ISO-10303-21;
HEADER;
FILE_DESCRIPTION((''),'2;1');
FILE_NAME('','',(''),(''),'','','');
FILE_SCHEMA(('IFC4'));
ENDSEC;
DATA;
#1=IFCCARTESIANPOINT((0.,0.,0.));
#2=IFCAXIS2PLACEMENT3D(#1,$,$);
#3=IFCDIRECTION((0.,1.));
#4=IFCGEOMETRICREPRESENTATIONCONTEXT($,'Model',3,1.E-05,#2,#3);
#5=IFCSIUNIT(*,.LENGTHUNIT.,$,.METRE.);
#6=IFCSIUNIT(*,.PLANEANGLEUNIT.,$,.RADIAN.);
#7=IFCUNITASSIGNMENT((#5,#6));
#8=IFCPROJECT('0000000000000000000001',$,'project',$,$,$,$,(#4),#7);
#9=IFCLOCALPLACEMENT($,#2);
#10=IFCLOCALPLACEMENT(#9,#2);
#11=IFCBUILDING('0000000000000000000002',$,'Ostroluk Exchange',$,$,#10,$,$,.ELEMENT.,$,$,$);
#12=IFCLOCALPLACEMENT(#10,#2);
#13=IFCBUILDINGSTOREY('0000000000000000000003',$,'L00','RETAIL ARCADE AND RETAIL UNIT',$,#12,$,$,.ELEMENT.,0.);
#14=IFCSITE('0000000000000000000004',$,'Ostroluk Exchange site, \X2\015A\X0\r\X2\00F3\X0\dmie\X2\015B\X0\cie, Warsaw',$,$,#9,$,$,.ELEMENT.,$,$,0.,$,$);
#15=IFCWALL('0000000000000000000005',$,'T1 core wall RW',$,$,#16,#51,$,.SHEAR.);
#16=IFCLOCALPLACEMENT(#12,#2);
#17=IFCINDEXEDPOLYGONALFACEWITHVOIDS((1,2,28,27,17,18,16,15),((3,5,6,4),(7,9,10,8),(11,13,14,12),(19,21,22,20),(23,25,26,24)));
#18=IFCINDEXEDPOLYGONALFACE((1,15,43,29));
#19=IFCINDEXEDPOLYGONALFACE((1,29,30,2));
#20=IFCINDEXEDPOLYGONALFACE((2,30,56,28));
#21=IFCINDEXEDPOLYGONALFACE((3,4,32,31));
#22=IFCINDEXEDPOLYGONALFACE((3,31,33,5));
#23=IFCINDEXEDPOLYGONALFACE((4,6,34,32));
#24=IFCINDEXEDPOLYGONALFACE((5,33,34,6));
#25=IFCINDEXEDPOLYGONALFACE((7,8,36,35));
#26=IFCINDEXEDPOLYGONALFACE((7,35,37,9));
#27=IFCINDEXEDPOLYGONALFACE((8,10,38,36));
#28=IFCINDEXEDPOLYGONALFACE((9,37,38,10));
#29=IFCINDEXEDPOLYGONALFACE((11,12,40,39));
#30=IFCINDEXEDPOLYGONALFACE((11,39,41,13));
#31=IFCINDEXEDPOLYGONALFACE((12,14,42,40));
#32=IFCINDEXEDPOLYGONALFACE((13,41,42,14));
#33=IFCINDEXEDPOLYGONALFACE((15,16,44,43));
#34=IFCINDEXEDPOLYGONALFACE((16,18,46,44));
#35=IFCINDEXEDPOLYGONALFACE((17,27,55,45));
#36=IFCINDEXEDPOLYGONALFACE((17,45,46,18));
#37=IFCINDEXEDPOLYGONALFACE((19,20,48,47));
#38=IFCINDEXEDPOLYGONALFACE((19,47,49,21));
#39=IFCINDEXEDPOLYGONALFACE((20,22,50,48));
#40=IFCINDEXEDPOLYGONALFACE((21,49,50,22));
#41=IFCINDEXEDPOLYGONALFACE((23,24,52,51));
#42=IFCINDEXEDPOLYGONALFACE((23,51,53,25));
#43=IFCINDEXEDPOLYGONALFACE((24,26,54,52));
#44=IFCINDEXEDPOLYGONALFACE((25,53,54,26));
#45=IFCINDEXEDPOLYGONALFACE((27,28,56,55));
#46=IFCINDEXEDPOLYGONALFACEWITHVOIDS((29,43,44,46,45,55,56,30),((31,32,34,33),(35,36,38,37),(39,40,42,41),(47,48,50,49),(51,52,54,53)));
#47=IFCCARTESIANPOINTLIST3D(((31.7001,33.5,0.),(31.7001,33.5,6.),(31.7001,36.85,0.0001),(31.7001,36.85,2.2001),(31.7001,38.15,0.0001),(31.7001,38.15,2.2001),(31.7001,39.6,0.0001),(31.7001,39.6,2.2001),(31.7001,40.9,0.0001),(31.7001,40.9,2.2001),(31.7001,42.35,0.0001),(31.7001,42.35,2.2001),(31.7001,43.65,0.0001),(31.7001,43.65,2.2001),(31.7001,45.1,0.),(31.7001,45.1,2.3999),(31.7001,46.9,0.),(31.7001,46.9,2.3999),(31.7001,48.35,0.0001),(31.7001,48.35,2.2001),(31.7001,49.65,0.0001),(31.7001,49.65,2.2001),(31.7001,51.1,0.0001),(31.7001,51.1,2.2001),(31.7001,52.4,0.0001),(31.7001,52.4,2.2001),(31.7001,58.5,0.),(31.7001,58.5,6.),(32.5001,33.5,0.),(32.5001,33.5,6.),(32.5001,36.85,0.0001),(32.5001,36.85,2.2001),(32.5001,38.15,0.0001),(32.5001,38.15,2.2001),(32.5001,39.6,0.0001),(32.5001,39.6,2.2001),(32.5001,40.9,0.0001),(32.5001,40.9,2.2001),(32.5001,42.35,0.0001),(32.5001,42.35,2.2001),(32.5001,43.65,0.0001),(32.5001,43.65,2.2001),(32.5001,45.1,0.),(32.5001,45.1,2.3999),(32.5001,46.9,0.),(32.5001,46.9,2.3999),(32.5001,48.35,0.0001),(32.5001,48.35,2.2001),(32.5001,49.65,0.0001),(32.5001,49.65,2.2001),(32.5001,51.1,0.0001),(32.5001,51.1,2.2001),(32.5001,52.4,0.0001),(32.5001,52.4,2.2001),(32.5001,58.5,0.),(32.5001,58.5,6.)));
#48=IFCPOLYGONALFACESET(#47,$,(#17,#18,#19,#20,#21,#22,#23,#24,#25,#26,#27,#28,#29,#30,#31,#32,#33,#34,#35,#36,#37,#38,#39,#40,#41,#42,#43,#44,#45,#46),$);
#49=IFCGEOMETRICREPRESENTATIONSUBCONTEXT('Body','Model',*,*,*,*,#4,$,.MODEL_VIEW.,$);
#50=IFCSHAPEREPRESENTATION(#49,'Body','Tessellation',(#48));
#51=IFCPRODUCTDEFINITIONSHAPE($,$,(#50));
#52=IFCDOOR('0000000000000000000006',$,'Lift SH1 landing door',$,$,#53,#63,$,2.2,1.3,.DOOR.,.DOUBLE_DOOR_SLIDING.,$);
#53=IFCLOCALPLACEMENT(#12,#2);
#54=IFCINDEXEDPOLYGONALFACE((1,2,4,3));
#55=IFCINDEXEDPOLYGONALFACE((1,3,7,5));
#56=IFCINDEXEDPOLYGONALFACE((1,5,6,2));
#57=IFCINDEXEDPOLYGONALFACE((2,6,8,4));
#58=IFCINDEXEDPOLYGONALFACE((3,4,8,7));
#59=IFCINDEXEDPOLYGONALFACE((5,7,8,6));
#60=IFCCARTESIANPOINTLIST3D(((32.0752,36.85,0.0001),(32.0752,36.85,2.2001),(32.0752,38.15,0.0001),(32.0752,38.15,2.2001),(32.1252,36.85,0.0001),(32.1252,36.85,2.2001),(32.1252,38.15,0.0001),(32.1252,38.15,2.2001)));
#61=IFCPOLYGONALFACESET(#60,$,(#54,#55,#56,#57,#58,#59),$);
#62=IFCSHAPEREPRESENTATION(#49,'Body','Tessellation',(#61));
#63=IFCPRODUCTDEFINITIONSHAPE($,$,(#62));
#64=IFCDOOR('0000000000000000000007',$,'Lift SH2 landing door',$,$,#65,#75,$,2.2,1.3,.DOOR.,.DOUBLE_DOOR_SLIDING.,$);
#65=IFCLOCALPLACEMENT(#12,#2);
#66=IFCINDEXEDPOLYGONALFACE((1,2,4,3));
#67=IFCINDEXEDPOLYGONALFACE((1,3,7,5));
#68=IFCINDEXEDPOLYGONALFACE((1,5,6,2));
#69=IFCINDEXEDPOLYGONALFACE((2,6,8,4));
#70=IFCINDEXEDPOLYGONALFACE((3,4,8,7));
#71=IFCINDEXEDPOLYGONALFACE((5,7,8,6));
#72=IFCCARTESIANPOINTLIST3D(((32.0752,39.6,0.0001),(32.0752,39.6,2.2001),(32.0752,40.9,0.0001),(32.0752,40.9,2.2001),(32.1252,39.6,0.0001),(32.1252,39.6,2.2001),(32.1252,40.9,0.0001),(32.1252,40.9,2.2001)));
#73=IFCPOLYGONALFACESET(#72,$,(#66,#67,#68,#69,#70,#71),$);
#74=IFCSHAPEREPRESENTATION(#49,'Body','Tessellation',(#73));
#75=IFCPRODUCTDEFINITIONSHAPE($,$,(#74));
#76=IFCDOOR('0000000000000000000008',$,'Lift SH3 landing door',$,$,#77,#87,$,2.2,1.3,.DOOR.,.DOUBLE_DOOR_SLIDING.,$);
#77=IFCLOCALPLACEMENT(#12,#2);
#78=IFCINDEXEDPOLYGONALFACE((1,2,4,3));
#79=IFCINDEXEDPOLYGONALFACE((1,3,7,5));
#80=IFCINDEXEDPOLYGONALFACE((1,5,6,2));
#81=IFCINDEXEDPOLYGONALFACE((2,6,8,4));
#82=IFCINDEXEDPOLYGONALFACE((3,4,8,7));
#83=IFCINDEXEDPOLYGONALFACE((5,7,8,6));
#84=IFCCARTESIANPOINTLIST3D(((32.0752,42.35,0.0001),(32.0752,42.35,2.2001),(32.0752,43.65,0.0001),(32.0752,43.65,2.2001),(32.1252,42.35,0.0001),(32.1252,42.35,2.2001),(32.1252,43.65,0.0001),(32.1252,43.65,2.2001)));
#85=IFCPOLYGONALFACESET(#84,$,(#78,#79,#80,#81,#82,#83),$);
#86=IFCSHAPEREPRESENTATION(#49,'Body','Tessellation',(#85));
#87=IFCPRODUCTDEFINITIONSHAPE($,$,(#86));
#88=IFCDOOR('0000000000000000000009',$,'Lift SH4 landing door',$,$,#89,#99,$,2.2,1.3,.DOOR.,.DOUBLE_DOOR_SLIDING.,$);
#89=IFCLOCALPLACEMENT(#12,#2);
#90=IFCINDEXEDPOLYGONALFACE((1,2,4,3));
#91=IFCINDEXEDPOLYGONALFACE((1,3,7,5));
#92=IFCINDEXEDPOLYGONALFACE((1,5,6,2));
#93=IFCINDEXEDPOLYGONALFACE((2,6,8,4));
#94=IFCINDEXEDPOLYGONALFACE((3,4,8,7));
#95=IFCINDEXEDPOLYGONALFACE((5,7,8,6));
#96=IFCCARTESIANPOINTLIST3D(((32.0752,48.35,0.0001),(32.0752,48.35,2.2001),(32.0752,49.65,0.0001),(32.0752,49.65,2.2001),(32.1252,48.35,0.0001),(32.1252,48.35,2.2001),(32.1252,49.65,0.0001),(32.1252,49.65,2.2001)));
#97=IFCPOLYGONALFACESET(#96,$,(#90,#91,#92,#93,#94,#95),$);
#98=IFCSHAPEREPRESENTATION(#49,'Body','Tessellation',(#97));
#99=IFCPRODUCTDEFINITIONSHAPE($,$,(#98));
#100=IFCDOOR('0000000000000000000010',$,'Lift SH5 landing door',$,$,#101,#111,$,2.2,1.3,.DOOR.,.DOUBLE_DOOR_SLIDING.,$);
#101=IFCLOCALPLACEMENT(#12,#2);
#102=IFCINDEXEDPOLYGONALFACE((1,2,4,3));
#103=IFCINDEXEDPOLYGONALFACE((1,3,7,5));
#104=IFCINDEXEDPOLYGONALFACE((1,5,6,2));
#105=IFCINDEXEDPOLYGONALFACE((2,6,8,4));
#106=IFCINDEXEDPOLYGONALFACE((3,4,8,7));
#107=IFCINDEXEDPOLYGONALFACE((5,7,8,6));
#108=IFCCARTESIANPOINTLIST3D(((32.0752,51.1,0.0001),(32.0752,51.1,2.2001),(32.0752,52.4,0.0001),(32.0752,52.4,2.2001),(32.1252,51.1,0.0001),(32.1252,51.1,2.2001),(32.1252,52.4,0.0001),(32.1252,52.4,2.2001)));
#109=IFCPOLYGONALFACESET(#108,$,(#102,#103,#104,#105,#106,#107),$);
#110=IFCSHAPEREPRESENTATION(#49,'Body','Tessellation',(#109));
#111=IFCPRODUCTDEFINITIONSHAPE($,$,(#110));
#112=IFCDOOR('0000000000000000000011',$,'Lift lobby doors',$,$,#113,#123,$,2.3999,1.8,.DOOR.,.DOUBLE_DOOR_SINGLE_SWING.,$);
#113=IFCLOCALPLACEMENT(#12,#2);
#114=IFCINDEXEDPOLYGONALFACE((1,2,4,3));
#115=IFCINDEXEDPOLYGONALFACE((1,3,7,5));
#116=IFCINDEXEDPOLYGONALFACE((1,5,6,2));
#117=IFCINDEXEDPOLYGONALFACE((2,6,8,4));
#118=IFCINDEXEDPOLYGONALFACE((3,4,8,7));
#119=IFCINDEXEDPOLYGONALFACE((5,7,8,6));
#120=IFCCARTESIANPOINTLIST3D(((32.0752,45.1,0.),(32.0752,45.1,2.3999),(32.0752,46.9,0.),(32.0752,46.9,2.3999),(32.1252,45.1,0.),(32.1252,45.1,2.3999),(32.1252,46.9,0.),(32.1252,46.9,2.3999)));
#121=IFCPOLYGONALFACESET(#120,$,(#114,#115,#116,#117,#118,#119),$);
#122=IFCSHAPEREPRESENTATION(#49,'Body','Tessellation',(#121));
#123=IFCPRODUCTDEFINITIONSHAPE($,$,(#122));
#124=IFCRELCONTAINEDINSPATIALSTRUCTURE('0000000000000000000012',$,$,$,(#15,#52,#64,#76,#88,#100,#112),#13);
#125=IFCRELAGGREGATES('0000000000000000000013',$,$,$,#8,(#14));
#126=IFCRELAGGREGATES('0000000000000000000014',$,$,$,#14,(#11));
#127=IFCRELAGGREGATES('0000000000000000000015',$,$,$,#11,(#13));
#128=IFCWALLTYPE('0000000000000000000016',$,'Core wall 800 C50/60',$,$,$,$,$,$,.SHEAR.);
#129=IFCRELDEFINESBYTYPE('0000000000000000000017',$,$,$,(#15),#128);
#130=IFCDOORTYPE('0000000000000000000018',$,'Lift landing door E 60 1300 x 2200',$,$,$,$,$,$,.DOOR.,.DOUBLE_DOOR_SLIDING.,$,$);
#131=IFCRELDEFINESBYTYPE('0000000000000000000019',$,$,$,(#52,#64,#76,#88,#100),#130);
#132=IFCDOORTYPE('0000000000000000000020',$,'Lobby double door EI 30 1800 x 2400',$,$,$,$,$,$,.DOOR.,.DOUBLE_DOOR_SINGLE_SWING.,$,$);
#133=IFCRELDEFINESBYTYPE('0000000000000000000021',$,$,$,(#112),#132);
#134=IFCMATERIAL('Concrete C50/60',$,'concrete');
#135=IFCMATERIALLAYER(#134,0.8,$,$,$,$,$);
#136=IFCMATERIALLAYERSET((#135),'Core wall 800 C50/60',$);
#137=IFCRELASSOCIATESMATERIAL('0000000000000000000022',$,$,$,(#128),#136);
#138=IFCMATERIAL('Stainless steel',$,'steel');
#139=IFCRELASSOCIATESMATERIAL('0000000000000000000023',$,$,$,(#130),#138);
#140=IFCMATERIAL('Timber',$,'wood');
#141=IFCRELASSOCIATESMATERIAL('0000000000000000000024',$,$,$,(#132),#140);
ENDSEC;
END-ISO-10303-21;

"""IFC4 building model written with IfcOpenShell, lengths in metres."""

from ifc_helpers import new_model, si_unit, direction, frame, frame_2d, origin, place, context, subcontext, project, spatial, rectangle, extrude, material, layer, layer_set, type_object, element, fill, save


model = new_model("IFC4")

# Units and contexts
model_context = context("Model", 3, precision=1e-05, world=origin(), true_north=direction((0.0, 1.0)))
body_context = subcontext(model_context, "Body", "Model", "MODEL_VIEW")
ifc_project = project(units=[si_unit("LENGTHUNIT", "METRE"), si_unit("PLANEANGLEUNIT", "RADIAN")], contexts=[model_context])

# Site, building, storey
site_placement = place(None, origin())
site = spatial("IfcSite", under=ifc_project, at=site_placement, Name="Ostroluk Exchange site, Śródmieście, Warsaw", CompositionType="ELEMENT", RefElevation=0.0)
building_placement = place(site_placement, origin())
building = spatial("IfcBuilding", under=site, at=building_placement, Name="Ostroluk Exchange", CompositionType="ELEMENT")
storey_placement = place(building_placement, origin())
storey = spatial("IfcBuildingStorey", under=building, at=storey_placement, Name="L00", Description="RETAIL ARCADE AND RETAIL UNIT", CompositionType="ELEMENT", Elevation=0.0)

# Wall, openings, doors
ifc_material_1 = material(Name="Concrete C50/60", Category="concrete")
ifc_layer = layer(ifc_material_1, 0.8)
ifc_layer_set = layer_set([ifc_layer], Name="Core wall 800 C50/60")
wall_type = type_object("IfcWallType", Name="Core wall 800 C50/60", PredefinedType="SHEAR", material=ifc_layer_set)
wall_1_placement = place(storey_placement, frame((32.1001, 33.5, 0.0), z_axis=(0.0, 0.0, 1.0), x_axis=(0.0, 1.0, 0.0)))
wall_1 = element("IfcWall", 1, at=wall_1_placement, inside=storey, type_object=wall_type, Name="T1 core wall RW", PredefinedType="SHEAR", context=body_context, shape_type="SweptSolid", body=[
    extrude(rectangle(XDim=25.0, YDim=0.8, at=frame_2d((12.5, 0.0))), origin(), (0.0, 0.0, 1.0), 6.0),
])
opening_1_placement = place(wall_1_placement, frame((3.3501, 0.0, 0.0)))
opening_1 = element("IfcOpeningElement", 2, at=opening_1_placement, cuts=wall_1, PredefinedType="OPENING", context=body_context, shape_type="SweptSolid", body=[
    extrude(rectangle(XDim=1.3, YDim=2.2, at=frame_2d((0.6499, 1.1001))), frame((0.0, 0.4099, 0.0), z_axis=(0.0, -1.0, 0.0), x_axis=(1.0, 0.0, 0.0)), (0.0, 0.0, 1.0), 0.8201),
])
opening_2_placement = place(wall_1_placement, frame((6.1001, 0.0, 0.0)))
opening_2 = element("IfcOpeningElement", 3, at=opening_2_placement, cuts=wall_1, PredefinedType="OPENING", context=body_context, shape_type="SweptSolid", body=[
    extrude(rectangle(XDim=1.3, YDim=2.2, at=frame_2d((0.6499, 1.1001))), frame((0.0, 0.4099, 0.0), z_axis=(0.0, -1.0, 0.0), x_axis=(1.0, 0.0, 0.0)), (0.0, 0.0, 1.0), 0.8201),
])
opening_3_placement = place(wall_1_placement, frame((8.8501, 0.0, 0.0)))
opening_3 = element("IfcOpeningElement", 4, at=opening_3_placement, cuts=wall_1, PredefinedType="OPENING", context=body_context, shape_type="SweptSolid", body=[
    extrude(rectangle(XDim=1.3, YDim=2.2, at=frame_2d((0.6499, 1.1001))), frame((0.0, 0.4099, 0.0), z_axis=(0.0, -1.0, 0.0), x_axis=(1.0, 0.0, 0.0)), (0.0, 0.0, 1.0), 0.8201),
])
opening_4_placement = place(wall_1_placement, frame((14.8501, 0.0, 0.0)))
opening_4 = element("IfcOpeningElement", 5, at=opening_4_placement, cuts=wall_1, PredefinedType="OPENING", context=body_context, shape_type="SweptSolid", body=[
    extrude(rectangle(XDim=1.3, YDim=2.2, at=frame_2d((0.6499, 1.1001))), frame((0.0, 0.4099, 0.0), z_axis=(0.0, -1.0, 0.0), x_axis=(1.0, 0.0, 0.0)), (0.0, 0.0, 1.0), 0.8201),
])
opening_5_placement = place(wall_1_placement, frame((17.6001, 0.0, 0.0)))
opening_5 = element("IfcOpeningElement", 6, at=opening_5_placement, cuts=wall_1, PredefinedType="OPENING", context=body_context, shape_type="SweptSolid", body=[
    extrude(rectangle(XDim=1.3, YDim=2.2, at=frame_2d((0.6499, 1.1001))), frame((0.0, 0.4099, 0.0), z_axis=(0.0, -1.0, 0.0), x_axis=(1.0, 0.0, 0.0)), (0.0, 0.0, 1.0), 0.8201),
])
opening_6_placement = place(wall_1_placement, frame((11.6001, 0.0, 0.0)))
opening_6 = element("IfcOpeningElement", 7, at=opening_6_placement, cuts=wall_1, PredefinedType="OPENING", context=body_context, shape_type="SweptSolid", body=[
    extrude(rectangle(XDim=1.8, YDim=2.3999, at=frame_2d((0.8999, 1.2))), frame((0.0, 0.4099, 0.0), z_axis=(0.0, -1.0, 0.0), x_axis=(1.0, 0.0, 0.0)), (0.0, 0.0, 1.0), 0.8201),
])
ifc_material_2 = material(Name="Stainless steel", Category="steel")
door_type_1 = type_object("IfcDoorType", Name="Lift landing door E 60 1300 x 2200", OperationType="DOUBLE_DOOR_SLIDING", PredefinedType="DOOR", material=ifc_material_2)
door_1_placement = place(opening_1_placement, origin())
door_1 = element("IfcDoor", 8, at=door_1_placement, inside=storey, type_object=door_type_1, Name="Lift SH1 landing door", OperationType="DOUBLE_DOOR_SLIDING", OverallHeight=2.2, OverallWidth=1.3, PredefinedType="DOOR", context=body_context, shape_type="SweptSolid", body=[
    extrude(rectangle(XDim=1.3, YDim=2.2, at=frame_2d((0.6499, 1.1001))), frame((0.0, 0.0249, 0.0), z_axis=(0.0, -1.0, 0.0), x_axis=(1.0, 0.0, 0.0)), (0.0, 0.0, 1.0), 0.05),
])
fill(opening_1, door_1)
door_2_placement = place(opening_2_placement, origin())
door_2 = element("IfcDoor", 9, at=door_2_placement, inside=storey, type_object=door_type_1, Name="Lift SH2 landing door", OperationType="DOUBLE_DOOR_SLIDING", OverallHeight=2.2, OverallWidth=1.3, PredefinedType="DOOR", context=body_context, shape_type="SweptSolid", body=[
    extrude(rectangle(XDim=1.3, YDim=2.2, at=frame_2d((0.6499, 1.1001))), frame((0.0, 0.0249, 0.0), z_axis=(0.0, -1.0, 0.0), x_axis=(1.0, 0.0, 0.0)), (0.0, 0.0, 1.0), 0.05),
])
fill(opening_2, door_2)
door_3_placement = place(opening_3_placement, origin())
door_3 = element("IfcDoor", 10, at=door_3_placement, inside=storey, type_object=door_type_1, Name="Lift SH3 landing door", OperationType="DOUBLE_DOOR_SLIDING", OverallHeight=2.2, OverallWidth=1.3, PredefinedType="DOOR", context=body_context, shape_type="SweptSolid", body=[
    extrude(rectangle(XDim=1.3, YDim=2.2, at=frame_2d((0.6499, 1.1001))), frame((0.0, 0.0249, 0.0), z_axis=(0.0, -1.0, 0.0), x_axis=(1.0, 0.0, 0.0)), (0.0, 0.0, 1.0), 0.05),
])
fill(opening_3, door_3)
door_4_placement = place(opening_4_placement, origin())
door_4 = element("IfcDoor", 11, at=door_4_placement, inside=storey, type_object=door_type_1, Name="Lift SH4 landing door", OperationType="DOUBLE_DOOR_SLIDING", OverallHeight=2.2, OverallWidth=1.3, PredefinedType="DOOR", context=body_context, shape_type="SweptSolid", body=[
    extrude(rectangle(XDim=1.3, YDim=2.2, at=frame_2d((0.6499, 1.1001))), frame((0.0, 0.0249, 0.0), z_axis=(0.0, -1.0, 0.0), x_axis=(1.0, 0.0, 0.0)), (0.0, 0.0, 1.0), 0.05),
])
fill(opening_4, door_4)
door_5_placement = place(opening_5_placement, origin())
door_5 = element("IfcDoor", 12, at=door_5_placement, inside=storey, type_object=door_type_1, Name="Lift SH5 landing door", OperationType="DOUBLE_DOOR_SLIDING", OverallHeight=2.2, OverallWidth=1.3, PredefinedType="DOOR", context=body_context, shape_type="SweptSolid", body=[
    extrude(rectangle(XDim=1.3, YDim=2.2, at=frame_2d((0.6499, 1.1001))), frame((0.0, 0.0249, 0.0), z_axis=(0.0, -1.0, 0.0), x_axis=(1.0, 0.0, 0.0)), (0.0, 0.0, 1.0), 0.05),
])
fill(opening_5, door_5)
ifc_material_3 = material(Name="Timber", Category="wood")
door_type_2 = type_object("IfcDoorType", Name="Lobby double door EI 30 1800 x 2400", OperationType="DOUBLE_DOOR_SINGLE_SWING", PredefinedType="DOOR", material=ifc_material_3)
door_6_placement = place(opening_6_placement, origin())
door_6 = element("IfcDoor", 13, at=door_6_placement, inside=storey, type_object=door_type_2, Name="Lift lobby doors", OperationType="DOUBLE_DOOR_SINGLE_SWING", OverallHeight=2.3999, OverallWidth=1.8, PredefinedType="DOOR", context=body_context, shape_type="SweptSolid", body=[
    extrude(rectangle(XDim=1.8, YDim=2.3999, at=frame_2d((0.8999, 1.2))), frame((0.0, 0.0249, 0.0), z_axis=(0.0, -1.0, 0.0), x_axis=(1.0, 0.0, 0.0)), (0.0, 0.0, 1.0), 0.05),
])
fill(opening_6, door_6)

save(model, "model.ifc")
